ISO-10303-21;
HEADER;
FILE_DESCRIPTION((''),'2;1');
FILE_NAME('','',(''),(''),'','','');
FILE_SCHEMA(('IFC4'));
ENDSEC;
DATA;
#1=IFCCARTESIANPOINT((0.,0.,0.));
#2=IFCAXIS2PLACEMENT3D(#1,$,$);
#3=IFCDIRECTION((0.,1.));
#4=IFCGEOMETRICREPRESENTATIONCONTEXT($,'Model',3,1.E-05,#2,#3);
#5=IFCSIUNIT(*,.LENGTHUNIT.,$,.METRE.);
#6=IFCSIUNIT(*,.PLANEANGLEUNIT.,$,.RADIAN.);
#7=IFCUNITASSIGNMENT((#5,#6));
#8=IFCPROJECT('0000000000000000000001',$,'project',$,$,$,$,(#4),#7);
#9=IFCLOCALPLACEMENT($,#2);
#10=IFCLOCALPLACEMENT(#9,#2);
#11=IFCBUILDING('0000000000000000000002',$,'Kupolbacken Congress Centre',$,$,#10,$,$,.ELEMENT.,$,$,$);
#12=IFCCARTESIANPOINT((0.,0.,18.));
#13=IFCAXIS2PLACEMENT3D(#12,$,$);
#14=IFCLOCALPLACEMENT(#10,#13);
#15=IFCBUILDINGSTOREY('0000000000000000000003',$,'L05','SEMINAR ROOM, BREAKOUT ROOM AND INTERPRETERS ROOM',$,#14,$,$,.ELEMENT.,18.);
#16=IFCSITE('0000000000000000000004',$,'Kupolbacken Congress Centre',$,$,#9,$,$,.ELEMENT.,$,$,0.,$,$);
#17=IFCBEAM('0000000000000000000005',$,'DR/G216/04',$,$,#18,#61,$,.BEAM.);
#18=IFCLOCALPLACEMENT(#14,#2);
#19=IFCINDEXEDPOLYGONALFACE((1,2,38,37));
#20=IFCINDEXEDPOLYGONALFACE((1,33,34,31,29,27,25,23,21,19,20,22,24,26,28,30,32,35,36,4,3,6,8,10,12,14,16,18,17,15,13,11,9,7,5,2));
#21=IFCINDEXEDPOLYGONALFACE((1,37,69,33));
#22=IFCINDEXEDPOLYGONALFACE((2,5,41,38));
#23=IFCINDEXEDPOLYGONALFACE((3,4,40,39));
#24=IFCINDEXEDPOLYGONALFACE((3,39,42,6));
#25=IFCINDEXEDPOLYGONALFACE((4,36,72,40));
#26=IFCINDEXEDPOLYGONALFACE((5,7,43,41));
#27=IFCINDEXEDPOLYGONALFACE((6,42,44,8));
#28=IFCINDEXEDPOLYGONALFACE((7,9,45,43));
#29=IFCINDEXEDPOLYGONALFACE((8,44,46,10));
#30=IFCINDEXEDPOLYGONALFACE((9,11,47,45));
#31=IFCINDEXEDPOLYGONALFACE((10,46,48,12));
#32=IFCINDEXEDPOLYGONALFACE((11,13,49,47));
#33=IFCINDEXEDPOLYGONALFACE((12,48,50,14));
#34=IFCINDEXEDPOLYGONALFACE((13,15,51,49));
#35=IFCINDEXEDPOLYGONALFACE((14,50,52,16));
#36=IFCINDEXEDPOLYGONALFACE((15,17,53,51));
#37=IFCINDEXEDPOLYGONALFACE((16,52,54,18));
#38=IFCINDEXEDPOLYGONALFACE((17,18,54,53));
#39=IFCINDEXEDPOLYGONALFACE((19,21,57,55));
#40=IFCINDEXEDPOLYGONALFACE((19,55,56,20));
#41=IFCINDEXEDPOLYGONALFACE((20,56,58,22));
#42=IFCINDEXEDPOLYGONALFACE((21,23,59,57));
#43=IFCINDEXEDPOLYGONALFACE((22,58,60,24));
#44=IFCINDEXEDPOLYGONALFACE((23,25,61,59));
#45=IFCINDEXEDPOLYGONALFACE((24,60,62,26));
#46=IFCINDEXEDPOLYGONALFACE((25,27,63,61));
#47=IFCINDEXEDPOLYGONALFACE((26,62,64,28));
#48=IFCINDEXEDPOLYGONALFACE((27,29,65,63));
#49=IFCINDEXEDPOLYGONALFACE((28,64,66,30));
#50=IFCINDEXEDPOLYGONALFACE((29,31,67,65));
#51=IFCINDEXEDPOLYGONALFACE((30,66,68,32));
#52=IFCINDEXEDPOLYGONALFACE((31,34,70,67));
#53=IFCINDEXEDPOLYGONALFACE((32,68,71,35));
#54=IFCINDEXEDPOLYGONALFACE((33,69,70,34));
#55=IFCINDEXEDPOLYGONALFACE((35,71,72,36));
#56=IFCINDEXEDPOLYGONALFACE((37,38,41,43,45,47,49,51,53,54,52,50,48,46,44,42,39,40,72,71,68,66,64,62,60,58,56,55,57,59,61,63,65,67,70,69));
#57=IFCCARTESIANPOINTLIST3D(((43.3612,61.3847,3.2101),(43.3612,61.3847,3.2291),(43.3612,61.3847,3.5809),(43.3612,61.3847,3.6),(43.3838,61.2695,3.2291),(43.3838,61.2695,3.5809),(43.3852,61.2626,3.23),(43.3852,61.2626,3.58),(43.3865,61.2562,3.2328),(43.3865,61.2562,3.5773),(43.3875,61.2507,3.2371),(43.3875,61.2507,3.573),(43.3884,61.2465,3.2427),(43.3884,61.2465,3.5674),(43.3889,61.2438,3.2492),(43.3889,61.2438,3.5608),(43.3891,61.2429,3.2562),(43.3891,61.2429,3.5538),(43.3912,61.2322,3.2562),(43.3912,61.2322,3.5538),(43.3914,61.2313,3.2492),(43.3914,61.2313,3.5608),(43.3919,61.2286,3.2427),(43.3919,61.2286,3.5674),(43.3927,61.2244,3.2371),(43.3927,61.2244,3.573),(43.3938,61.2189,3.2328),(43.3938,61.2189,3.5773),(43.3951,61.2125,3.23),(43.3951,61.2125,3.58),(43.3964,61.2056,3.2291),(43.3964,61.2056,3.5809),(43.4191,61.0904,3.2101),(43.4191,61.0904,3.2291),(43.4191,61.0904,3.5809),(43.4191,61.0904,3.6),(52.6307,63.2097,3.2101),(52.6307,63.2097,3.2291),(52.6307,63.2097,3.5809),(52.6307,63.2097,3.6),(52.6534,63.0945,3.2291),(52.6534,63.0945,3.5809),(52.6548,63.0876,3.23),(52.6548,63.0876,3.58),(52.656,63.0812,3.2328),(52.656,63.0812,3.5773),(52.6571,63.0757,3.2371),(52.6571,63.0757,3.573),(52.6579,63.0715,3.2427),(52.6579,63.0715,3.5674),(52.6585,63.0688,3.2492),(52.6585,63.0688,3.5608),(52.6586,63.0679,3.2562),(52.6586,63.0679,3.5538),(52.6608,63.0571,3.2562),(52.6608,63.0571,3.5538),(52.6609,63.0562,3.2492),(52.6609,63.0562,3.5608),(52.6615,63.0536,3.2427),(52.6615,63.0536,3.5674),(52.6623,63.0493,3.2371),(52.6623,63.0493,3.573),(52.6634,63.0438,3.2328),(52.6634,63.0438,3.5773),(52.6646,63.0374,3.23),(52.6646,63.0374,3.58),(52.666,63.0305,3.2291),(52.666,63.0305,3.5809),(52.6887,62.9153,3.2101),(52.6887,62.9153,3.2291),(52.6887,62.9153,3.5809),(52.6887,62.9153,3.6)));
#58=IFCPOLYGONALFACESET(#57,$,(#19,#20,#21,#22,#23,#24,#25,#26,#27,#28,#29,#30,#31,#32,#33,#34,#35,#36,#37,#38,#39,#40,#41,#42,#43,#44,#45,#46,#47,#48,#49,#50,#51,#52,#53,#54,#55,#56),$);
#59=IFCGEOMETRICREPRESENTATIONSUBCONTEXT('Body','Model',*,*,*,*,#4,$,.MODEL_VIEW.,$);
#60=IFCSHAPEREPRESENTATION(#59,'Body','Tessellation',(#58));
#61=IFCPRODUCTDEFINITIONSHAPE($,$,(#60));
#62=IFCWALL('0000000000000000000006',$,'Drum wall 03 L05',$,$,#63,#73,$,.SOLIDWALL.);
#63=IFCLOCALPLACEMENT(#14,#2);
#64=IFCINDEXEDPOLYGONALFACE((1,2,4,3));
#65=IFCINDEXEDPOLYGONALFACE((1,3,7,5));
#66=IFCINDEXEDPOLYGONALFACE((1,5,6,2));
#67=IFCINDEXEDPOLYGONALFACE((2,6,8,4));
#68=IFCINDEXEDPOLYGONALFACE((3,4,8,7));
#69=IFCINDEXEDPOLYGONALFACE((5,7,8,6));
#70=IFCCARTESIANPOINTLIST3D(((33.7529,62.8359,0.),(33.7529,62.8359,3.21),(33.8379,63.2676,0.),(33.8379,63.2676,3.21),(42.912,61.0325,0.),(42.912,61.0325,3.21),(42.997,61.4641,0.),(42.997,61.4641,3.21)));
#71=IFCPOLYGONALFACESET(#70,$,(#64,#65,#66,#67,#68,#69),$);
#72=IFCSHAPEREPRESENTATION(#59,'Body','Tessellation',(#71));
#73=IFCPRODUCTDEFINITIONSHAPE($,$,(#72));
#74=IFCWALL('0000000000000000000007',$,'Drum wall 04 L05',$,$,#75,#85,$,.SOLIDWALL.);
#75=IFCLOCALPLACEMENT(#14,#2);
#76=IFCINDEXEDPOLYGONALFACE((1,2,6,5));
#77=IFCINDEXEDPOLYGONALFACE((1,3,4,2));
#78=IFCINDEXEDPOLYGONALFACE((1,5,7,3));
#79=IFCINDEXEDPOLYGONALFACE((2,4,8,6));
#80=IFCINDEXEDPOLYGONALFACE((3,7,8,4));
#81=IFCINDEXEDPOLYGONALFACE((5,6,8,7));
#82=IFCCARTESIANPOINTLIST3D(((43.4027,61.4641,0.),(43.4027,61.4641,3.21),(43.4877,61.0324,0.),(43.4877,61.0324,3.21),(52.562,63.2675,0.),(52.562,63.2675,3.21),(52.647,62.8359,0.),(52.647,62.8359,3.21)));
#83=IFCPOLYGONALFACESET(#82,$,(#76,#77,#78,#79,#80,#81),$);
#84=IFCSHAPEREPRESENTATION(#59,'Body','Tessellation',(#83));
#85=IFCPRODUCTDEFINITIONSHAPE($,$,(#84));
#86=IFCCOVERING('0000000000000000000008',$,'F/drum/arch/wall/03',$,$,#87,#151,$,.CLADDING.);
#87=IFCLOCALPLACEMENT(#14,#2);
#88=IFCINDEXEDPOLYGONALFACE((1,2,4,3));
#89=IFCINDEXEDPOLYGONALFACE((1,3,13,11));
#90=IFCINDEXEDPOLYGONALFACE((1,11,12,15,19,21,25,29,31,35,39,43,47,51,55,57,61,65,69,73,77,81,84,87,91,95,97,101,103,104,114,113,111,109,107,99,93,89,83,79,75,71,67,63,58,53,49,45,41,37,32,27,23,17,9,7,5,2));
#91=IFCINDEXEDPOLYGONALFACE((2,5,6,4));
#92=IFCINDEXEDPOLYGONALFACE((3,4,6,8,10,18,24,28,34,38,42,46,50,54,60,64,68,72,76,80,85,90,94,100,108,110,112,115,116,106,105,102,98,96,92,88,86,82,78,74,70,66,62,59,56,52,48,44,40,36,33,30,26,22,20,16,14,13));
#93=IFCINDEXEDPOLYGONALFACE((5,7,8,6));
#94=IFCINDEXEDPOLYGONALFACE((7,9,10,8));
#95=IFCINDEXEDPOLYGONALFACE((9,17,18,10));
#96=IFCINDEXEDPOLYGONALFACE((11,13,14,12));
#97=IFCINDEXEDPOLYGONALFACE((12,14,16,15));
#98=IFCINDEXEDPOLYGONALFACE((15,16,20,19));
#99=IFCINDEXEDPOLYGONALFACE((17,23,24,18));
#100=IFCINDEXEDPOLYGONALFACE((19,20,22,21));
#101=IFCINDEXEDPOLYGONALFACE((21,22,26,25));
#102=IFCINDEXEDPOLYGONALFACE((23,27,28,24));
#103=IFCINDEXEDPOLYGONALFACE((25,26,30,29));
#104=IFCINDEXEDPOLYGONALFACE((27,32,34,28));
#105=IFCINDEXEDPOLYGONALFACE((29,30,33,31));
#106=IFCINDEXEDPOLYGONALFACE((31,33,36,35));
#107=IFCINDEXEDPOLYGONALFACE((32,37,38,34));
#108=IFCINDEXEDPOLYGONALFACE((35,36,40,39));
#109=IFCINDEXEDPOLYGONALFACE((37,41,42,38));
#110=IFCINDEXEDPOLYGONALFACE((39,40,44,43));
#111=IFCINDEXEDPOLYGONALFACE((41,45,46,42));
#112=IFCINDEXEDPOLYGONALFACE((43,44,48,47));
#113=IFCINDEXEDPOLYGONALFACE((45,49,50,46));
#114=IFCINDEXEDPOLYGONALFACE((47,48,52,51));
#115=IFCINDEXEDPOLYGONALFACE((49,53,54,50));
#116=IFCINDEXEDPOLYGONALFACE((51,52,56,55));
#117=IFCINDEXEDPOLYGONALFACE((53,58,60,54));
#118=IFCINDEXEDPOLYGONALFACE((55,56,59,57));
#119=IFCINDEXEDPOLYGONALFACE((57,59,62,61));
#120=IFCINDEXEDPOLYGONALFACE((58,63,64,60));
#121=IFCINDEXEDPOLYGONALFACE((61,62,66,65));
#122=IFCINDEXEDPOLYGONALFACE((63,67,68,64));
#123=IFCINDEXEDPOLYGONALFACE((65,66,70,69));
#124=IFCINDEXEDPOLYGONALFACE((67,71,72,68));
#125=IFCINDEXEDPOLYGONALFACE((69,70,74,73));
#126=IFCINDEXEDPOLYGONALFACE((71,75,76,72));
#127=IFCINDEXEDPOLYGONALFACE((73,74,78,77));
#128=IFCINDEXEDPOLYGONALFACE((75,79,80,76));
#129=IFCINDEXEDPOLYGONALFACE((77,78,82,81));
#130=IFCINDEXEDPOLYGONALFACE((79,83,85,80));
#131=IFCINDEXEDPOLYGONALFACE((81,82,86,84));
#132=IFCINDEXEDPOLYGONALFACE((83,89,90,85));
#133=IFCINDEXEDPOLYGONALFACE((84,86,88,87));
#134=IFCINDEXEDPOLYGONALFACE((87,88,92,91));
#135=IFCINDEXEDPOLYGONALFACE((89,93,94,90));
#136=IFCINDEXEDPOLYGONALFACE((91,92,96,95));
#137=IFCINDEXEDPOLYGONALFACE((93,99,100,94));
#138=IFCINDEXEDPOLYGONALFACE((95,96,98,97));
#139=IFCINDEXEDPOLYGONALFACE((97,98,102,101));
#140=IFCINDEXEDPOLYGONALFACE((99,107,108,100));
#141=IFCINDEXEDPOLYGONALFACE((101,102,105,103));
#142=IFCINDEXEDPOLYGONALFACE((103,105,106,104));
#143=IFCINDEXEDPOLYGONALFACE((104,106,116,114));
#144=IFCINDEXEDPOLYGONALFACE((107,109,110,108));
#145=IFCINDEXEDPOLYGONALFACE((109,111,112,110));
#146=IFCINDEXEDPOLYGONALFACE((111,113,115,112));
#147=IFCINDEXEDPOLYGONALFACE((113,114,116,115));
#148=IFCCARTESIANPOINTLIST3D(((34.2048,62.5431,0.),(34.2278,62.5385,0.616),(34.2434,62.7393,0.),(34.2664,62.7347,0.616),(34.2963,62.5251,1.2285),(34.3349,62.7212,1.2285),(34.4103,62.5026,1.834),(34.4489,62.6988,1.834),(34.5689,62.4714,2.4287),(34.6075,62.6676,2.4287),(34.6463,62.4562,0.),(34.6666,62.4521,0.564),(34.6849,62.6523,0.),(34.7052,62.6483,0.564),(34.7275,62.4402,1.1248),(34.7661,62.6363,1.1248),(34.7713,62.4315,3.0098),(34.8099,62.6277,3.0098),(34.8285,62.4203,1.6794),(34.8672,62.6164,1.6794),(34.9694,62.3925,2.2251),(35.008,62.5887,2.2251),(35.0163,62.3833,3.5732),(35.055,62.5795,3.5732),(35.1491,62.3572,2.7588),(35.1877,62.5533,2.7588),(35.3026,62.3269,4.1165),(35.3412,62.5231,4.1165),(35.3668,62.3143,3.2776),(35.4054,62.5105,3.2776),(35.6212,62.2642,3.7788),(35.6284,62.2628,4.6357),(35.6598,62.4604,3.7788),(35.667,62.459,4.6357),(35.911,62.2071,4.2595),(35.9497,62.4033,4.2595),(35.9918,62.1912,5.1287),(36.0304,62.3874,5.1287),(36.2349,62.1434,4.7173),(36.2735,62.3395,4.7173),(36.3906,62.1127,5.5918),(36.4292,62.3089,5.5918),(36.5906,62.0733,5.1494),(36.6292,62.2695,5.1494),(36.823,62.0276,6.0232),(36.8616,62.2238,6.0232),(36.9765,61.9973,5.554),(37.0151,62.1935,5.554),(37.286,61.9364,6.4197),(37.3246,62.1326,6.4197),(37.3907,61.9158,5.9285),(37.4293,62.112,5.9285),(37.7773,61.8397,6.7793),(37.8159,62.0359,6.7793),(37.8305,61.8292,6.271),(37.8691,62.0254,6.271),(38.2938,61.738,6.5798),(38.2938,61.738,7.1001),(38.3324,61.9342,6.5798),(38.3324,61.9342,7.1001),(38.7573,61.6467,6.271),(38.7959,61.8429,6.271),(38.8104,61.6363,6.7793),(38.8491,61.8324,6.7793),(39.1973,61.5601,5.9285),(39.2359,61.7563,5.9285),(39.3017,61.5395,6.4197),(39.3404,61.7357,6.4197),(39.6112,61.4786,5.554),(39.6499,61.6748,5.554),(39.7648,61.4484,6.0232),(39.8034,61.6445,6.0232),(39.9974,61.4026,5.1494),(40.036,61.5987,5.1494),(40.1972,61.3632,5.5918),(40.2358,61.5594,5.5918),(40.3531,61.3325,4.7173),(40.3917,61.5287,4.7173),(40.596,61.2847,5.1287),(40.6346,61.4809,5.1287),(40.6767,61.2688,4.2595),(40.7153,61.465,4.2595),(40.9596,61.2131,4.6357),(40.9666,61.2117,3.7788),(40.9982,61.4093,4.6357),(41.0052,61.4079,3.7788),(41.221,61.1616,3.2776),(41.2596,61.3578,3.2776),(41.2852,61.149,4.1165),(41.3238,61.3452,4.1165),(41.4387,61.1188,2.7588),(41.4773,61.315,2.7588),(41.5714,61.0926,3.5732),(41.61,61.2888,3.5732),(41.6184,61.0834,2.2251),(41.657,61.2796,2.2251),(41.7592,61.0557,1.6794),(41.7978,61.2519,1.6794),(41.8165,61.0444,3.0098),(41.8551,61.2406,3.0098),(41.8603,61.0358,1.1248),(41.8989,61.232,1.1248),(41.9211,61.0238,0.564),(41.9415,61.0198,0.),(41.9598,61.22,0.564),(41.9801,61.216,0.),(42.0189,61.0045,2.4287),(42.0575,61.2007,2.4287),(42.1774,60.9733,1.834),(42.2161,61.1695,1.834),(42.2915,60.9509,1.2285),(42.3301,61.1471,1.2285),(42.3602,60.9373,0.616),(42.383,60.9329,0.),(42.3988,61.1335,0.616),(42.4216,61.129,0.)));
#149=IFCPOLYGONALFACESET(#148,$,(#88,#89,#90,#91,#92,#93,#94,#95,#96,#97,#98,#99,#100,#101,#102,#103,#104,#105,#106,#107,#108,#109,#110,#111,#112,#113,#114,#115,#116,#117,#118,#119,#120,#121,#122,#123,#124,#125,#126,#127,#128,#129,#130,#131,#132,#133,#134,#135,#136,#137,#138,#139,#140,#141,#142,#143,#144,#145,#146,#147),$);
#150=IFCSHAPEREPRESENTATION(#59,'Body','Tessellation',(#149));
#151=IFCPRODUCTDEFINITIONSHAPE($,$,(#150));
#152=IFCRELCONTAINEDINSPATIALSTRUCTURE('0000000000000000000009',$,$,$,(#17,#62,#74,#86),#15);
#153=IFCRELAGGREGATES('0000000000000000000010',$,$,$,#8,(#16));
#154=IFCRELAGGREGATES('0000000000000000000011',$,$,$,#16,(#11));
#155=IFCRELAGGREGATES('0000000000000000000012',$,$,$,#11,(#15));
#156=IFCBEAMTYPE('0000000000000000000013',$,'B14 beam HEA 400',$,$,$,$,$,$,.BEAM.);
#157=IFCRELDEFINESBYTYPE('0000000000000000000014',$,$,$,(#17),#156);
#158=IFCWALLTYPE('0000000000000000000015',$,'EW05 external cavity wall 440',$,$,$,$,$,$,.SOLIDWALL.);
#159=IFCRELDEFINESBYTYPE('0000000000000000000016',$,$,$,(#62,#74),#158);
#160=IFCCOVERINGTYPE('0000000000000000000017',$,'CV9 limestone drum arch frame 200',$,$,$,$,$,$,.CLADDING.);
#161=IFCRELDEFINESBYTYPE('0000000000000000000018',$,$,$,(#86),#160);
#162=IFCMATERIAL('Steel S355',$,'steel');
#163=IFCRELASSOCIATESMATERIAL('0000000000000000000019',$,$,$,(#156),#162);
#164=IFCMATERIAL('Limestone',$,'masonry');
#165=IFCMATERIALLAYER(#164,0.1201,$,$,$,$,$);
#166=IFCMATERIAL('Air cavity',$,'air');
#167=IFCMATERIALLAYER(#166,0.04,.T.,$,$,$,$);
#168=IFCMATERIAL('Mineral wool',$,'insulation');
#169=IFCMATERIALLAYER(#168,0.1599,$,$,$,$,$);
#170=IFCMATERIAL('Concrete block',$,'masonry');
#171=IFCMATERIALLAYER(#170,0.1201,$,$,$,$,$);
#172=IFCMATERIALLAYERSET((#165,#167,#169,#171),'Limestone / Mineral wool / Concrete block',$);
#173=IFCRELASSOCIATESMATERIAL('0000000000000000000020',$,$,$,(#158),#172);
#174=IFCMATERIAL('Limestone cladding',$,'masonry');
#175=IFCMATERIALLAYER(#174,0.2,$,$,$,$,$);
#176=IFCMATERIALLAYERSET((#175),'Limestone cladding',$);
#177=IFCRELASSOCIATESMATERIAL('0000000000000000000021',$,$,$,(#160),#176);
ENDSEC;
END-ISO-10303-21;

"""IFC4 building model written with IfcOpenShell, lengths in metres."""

from ifc_helpers import new_model, si_unit, direction, frame, frame_2d, origin, origin_2d, place, context, subcontext, project, spatial, polyline, rectangle, i_section, outline, extrude, material, layer, layer_set, material_profile, profile_set, type_object, element, save


model = new_model("IFC4")

# Units and contexts
model_context = context("Model", 3, precision=1e-05, world=origin(), true_north=direction((0.0, 1.0)))
body_context = subcontext(model_context, "Body", "Model", "MODEL_VIEW")
ifc_project = project(units=[si_unit("LENGTHUNIT", "METRE"), si_unit("PLANEANGLEUNIT", "RADIAN")], contexts=[model_context])

# Site, building, storey
site_placement = place(None, origin())
site = spatial("IfcSite", under=ifc_project, at=site_placement, Name="Kupolbacken Congress Centre", CompositionType="ELEMENT", RefElevation=0.0)
building_placement = place(site_placement, origin())
building = spatial("IfcBuilding", under=site, at=building_placement, Name="Kupolbacken Congress Centre", CompositionType="ELEMENT")
storey_placement = place(building_placement, frame((0.0, 0.0, 18.0)))
storey = spatial("IfcBuildingStorey", under=building, at=storey_placement, Name="L05", Description="SEMINAR ROOM, BREAKOUT ROOM AND INTERPRETERS ROOM", CompositionType="ELEMENT", Elevation=18.0)

# Beam
ifc_material_1 = material(Name="Steel S355", Category="steel")
ifc_material_profile_1 = material_profile(ifc_material_1, i_section(OverallWidth=0.3, OverallDepth=0.3899, WebThickness=0.011, FlangeThickness=0.019, FilletRadius=0.0271, at=origin_2d()), Name="HEA 400")
ifc_profile_set_1 = profile_set([ifc_material_profile_1], Name="Steel S355")
beam_type_1 = type_object("IfcBeamType", Name="B14 beam HEA 400", PredefinedType="BEAM", material=ifc_profile_set_1)
for number, where, z_axis, x_axis, name in (
    (1, (43.3901, 61.2375, 3.405), (0.981166, 0.193168, 0.0), (-0.193168, 0.981166, 0.0), "DR/G216/04"),
):
    element("IfcBeam", number, at=place(storey_placement, frame(where, z_axis=z_axis, x_axis=x_axis)), inside=storey, type_object=beam_type_1, Name=name, PredefinedType="BEAM", context=body_context, shape_type="SweptSolid", body=[
        extrude(i_section(OverallWidth=0.3, OverallDepth=0.3899, WebThickness=0.011, FlangeThickness=0.019, FilletRadius=0.0271, at=origin_2d()), origin(), (0.0, 0.0, 1.0), 9.4475),
    ])

# Walls
ifc_material_2 = material(Name="Limestone", Category="masonry")
ifc_layer_1 = layer(ifc_material_2, 0.1201)
ifc_material_3 = material(Name="Air cavity", Category="air")
ifc_layer_2 = layer(ifc_material_3, 0.04, ventilated=True)
ifc_material_4 = material(Name="Mineral wool", Category="insulation")
ifc_layer_3 = layer(ifc_material_4, 0.1599)
ifc_material_5 = material(Name="Concrete block", Category="masonry")
ifc_layer_4 = layer(ifc_material_5, 0.1201)
ifc_layer_set_1 = layer_set([ifc_layer_1, ifc_layer_2, ifc_layer_3, ifc_layer_4], Name="Limestone / Mineral wool / Concrete block")
wall_type = type_object("IfcWallType", Name="EW05 external cavity wall 440", PredefinedType="SOLIDWALL", material=ifc_layer_set_1)
wall_1_placement = place(storey_placement, frame((33.7954, 63.0518, 0.0), z_axis=(0.0, 0.0, 1.0), x_axis=(0.981161, -0.193193, 0.0)))
element("IfcWall", 2, at=wall_1_placement, inside=storey, type_object=wall_type, Name="Drum wall 03 L05", PredefinedType="SOLIDWALL", context=body_context, shape_type="SweptSolid", body=[
    extrude(rectangle(XDim=9.335, YDim=0.4399, at=frame_2d((4.6675, 0.0))), origin(), (0.0, 0.0, 1.0), 3.21),
])
wall_2_placement = place(storey_placement, frame((43.4453, 61.2483, 0.0), z_axis=(0.0, 0.0, 1.0), x_axis=(0.981162, 0.193188, 0.0)))
element("IfcWall", 3, at=wall_2_placement, inside=storey, type_object=wall_type, Name="Drum wall 04 L05", PredefinedType="SOLIDWALL", context=body_context, shape_type="SweptSolid", body=[
    extrude(rectangle(XDim=9.3352, YDim=0.4399, at=frame_2d((4.6675, 0.0))), origin(), (0.0, 0.0, 1.0), 3.21),
])

# Covering
ifc_material_6 = material(Name="Limestone cladding", Category="masonry")
ifc_layer_5 = layer(ifc_material_6, 0.2)
ifc_layer_set_2 = layer_set([ifc_layer_5], Name="Limestone cladding")
covering_type = type_object("IfcCoveringType", Name="CV9 limestone drum arch frame 200", PredefinedType="CLADDING", material=ifc_layer_set_2)
covering_1_placement = place(storey_placement, frame((34.2434, 62.7393, 0.0), z_axis=(-0.193182, -0.981163, 0.0), x_axis=(0.981163, -0.193182, 0.0)))
element("IfcCovering", 4, at=covering_1_placement, inside=storey, type_object=covering_type, Name="F/drum/arch/wall/03", PredefinedType="CLADDING", context=body_context, shape_type="SweptSolid", body=[
    extrude(outline(polyline([(0.0, 0.0), (0.0234, 0.616), (0.0933, 1.2285), (0.2095, 1.834), (0.3711, 2.4287), (0.5774, 3.0098), (0.8271, 3.5732), (1.1189, 4.1165), (1.4509, 4.6357), (1.8213, 5.1287), (2.2278, 5.5918), (2.6685, 6.0232), (3.1404, 6.4197), (3.6411, 6.7793), (4.1675, 7.1001), (4.6941, 6.7793), (5.1948, 6.4197), (5.6667, 6.0232), (6.1074, 5.5918), (6.5139, 5.1287), (6.8845, 4.6357), (7.2163, 4.1165), (7.5081, 3.5732), (7.7578, 3.0098), (7.9641, 2.4287), (8.1257, 1.834), (8.2419, 1.2285), (8.312, 0.616), (8.3352, 0.0), (7.8853, 0.0), (7.8645, 0.564), (7.8025, 1.1248), (7.6995, 1.6794), (7.5559, 2.2251), (7.3728, 2.7588), (7.1509, 3.2776), (6.8916, 3.7788), (6.5962, 4.2595), (6.2664, 4.7173), (5.9038, 5.1494), (5.5103, 5.554), (5.0884, 5.9285), (4.6399, 6.271), (4.1675, 6.5798), (3.6953, 6.271), (3.2471, 5.9285), (2.825, 5.554), (2.4316, 5.1494), (2.0691, 4.7173), (1.739, 4.2595), (1.4436, 3.7788), (1.1843, 3.2776), (0.9624, 2.7588), (0.7793, 2.2251), (0.6357, 1.6794), (0.5327, 1.1248), (0.4707, 0.564), (0.45, 0.0), (0.0, 0.0)])), origin(), (0.0, 0.0, 1.0), 0.2),
])

save(model, "model.ifc")
